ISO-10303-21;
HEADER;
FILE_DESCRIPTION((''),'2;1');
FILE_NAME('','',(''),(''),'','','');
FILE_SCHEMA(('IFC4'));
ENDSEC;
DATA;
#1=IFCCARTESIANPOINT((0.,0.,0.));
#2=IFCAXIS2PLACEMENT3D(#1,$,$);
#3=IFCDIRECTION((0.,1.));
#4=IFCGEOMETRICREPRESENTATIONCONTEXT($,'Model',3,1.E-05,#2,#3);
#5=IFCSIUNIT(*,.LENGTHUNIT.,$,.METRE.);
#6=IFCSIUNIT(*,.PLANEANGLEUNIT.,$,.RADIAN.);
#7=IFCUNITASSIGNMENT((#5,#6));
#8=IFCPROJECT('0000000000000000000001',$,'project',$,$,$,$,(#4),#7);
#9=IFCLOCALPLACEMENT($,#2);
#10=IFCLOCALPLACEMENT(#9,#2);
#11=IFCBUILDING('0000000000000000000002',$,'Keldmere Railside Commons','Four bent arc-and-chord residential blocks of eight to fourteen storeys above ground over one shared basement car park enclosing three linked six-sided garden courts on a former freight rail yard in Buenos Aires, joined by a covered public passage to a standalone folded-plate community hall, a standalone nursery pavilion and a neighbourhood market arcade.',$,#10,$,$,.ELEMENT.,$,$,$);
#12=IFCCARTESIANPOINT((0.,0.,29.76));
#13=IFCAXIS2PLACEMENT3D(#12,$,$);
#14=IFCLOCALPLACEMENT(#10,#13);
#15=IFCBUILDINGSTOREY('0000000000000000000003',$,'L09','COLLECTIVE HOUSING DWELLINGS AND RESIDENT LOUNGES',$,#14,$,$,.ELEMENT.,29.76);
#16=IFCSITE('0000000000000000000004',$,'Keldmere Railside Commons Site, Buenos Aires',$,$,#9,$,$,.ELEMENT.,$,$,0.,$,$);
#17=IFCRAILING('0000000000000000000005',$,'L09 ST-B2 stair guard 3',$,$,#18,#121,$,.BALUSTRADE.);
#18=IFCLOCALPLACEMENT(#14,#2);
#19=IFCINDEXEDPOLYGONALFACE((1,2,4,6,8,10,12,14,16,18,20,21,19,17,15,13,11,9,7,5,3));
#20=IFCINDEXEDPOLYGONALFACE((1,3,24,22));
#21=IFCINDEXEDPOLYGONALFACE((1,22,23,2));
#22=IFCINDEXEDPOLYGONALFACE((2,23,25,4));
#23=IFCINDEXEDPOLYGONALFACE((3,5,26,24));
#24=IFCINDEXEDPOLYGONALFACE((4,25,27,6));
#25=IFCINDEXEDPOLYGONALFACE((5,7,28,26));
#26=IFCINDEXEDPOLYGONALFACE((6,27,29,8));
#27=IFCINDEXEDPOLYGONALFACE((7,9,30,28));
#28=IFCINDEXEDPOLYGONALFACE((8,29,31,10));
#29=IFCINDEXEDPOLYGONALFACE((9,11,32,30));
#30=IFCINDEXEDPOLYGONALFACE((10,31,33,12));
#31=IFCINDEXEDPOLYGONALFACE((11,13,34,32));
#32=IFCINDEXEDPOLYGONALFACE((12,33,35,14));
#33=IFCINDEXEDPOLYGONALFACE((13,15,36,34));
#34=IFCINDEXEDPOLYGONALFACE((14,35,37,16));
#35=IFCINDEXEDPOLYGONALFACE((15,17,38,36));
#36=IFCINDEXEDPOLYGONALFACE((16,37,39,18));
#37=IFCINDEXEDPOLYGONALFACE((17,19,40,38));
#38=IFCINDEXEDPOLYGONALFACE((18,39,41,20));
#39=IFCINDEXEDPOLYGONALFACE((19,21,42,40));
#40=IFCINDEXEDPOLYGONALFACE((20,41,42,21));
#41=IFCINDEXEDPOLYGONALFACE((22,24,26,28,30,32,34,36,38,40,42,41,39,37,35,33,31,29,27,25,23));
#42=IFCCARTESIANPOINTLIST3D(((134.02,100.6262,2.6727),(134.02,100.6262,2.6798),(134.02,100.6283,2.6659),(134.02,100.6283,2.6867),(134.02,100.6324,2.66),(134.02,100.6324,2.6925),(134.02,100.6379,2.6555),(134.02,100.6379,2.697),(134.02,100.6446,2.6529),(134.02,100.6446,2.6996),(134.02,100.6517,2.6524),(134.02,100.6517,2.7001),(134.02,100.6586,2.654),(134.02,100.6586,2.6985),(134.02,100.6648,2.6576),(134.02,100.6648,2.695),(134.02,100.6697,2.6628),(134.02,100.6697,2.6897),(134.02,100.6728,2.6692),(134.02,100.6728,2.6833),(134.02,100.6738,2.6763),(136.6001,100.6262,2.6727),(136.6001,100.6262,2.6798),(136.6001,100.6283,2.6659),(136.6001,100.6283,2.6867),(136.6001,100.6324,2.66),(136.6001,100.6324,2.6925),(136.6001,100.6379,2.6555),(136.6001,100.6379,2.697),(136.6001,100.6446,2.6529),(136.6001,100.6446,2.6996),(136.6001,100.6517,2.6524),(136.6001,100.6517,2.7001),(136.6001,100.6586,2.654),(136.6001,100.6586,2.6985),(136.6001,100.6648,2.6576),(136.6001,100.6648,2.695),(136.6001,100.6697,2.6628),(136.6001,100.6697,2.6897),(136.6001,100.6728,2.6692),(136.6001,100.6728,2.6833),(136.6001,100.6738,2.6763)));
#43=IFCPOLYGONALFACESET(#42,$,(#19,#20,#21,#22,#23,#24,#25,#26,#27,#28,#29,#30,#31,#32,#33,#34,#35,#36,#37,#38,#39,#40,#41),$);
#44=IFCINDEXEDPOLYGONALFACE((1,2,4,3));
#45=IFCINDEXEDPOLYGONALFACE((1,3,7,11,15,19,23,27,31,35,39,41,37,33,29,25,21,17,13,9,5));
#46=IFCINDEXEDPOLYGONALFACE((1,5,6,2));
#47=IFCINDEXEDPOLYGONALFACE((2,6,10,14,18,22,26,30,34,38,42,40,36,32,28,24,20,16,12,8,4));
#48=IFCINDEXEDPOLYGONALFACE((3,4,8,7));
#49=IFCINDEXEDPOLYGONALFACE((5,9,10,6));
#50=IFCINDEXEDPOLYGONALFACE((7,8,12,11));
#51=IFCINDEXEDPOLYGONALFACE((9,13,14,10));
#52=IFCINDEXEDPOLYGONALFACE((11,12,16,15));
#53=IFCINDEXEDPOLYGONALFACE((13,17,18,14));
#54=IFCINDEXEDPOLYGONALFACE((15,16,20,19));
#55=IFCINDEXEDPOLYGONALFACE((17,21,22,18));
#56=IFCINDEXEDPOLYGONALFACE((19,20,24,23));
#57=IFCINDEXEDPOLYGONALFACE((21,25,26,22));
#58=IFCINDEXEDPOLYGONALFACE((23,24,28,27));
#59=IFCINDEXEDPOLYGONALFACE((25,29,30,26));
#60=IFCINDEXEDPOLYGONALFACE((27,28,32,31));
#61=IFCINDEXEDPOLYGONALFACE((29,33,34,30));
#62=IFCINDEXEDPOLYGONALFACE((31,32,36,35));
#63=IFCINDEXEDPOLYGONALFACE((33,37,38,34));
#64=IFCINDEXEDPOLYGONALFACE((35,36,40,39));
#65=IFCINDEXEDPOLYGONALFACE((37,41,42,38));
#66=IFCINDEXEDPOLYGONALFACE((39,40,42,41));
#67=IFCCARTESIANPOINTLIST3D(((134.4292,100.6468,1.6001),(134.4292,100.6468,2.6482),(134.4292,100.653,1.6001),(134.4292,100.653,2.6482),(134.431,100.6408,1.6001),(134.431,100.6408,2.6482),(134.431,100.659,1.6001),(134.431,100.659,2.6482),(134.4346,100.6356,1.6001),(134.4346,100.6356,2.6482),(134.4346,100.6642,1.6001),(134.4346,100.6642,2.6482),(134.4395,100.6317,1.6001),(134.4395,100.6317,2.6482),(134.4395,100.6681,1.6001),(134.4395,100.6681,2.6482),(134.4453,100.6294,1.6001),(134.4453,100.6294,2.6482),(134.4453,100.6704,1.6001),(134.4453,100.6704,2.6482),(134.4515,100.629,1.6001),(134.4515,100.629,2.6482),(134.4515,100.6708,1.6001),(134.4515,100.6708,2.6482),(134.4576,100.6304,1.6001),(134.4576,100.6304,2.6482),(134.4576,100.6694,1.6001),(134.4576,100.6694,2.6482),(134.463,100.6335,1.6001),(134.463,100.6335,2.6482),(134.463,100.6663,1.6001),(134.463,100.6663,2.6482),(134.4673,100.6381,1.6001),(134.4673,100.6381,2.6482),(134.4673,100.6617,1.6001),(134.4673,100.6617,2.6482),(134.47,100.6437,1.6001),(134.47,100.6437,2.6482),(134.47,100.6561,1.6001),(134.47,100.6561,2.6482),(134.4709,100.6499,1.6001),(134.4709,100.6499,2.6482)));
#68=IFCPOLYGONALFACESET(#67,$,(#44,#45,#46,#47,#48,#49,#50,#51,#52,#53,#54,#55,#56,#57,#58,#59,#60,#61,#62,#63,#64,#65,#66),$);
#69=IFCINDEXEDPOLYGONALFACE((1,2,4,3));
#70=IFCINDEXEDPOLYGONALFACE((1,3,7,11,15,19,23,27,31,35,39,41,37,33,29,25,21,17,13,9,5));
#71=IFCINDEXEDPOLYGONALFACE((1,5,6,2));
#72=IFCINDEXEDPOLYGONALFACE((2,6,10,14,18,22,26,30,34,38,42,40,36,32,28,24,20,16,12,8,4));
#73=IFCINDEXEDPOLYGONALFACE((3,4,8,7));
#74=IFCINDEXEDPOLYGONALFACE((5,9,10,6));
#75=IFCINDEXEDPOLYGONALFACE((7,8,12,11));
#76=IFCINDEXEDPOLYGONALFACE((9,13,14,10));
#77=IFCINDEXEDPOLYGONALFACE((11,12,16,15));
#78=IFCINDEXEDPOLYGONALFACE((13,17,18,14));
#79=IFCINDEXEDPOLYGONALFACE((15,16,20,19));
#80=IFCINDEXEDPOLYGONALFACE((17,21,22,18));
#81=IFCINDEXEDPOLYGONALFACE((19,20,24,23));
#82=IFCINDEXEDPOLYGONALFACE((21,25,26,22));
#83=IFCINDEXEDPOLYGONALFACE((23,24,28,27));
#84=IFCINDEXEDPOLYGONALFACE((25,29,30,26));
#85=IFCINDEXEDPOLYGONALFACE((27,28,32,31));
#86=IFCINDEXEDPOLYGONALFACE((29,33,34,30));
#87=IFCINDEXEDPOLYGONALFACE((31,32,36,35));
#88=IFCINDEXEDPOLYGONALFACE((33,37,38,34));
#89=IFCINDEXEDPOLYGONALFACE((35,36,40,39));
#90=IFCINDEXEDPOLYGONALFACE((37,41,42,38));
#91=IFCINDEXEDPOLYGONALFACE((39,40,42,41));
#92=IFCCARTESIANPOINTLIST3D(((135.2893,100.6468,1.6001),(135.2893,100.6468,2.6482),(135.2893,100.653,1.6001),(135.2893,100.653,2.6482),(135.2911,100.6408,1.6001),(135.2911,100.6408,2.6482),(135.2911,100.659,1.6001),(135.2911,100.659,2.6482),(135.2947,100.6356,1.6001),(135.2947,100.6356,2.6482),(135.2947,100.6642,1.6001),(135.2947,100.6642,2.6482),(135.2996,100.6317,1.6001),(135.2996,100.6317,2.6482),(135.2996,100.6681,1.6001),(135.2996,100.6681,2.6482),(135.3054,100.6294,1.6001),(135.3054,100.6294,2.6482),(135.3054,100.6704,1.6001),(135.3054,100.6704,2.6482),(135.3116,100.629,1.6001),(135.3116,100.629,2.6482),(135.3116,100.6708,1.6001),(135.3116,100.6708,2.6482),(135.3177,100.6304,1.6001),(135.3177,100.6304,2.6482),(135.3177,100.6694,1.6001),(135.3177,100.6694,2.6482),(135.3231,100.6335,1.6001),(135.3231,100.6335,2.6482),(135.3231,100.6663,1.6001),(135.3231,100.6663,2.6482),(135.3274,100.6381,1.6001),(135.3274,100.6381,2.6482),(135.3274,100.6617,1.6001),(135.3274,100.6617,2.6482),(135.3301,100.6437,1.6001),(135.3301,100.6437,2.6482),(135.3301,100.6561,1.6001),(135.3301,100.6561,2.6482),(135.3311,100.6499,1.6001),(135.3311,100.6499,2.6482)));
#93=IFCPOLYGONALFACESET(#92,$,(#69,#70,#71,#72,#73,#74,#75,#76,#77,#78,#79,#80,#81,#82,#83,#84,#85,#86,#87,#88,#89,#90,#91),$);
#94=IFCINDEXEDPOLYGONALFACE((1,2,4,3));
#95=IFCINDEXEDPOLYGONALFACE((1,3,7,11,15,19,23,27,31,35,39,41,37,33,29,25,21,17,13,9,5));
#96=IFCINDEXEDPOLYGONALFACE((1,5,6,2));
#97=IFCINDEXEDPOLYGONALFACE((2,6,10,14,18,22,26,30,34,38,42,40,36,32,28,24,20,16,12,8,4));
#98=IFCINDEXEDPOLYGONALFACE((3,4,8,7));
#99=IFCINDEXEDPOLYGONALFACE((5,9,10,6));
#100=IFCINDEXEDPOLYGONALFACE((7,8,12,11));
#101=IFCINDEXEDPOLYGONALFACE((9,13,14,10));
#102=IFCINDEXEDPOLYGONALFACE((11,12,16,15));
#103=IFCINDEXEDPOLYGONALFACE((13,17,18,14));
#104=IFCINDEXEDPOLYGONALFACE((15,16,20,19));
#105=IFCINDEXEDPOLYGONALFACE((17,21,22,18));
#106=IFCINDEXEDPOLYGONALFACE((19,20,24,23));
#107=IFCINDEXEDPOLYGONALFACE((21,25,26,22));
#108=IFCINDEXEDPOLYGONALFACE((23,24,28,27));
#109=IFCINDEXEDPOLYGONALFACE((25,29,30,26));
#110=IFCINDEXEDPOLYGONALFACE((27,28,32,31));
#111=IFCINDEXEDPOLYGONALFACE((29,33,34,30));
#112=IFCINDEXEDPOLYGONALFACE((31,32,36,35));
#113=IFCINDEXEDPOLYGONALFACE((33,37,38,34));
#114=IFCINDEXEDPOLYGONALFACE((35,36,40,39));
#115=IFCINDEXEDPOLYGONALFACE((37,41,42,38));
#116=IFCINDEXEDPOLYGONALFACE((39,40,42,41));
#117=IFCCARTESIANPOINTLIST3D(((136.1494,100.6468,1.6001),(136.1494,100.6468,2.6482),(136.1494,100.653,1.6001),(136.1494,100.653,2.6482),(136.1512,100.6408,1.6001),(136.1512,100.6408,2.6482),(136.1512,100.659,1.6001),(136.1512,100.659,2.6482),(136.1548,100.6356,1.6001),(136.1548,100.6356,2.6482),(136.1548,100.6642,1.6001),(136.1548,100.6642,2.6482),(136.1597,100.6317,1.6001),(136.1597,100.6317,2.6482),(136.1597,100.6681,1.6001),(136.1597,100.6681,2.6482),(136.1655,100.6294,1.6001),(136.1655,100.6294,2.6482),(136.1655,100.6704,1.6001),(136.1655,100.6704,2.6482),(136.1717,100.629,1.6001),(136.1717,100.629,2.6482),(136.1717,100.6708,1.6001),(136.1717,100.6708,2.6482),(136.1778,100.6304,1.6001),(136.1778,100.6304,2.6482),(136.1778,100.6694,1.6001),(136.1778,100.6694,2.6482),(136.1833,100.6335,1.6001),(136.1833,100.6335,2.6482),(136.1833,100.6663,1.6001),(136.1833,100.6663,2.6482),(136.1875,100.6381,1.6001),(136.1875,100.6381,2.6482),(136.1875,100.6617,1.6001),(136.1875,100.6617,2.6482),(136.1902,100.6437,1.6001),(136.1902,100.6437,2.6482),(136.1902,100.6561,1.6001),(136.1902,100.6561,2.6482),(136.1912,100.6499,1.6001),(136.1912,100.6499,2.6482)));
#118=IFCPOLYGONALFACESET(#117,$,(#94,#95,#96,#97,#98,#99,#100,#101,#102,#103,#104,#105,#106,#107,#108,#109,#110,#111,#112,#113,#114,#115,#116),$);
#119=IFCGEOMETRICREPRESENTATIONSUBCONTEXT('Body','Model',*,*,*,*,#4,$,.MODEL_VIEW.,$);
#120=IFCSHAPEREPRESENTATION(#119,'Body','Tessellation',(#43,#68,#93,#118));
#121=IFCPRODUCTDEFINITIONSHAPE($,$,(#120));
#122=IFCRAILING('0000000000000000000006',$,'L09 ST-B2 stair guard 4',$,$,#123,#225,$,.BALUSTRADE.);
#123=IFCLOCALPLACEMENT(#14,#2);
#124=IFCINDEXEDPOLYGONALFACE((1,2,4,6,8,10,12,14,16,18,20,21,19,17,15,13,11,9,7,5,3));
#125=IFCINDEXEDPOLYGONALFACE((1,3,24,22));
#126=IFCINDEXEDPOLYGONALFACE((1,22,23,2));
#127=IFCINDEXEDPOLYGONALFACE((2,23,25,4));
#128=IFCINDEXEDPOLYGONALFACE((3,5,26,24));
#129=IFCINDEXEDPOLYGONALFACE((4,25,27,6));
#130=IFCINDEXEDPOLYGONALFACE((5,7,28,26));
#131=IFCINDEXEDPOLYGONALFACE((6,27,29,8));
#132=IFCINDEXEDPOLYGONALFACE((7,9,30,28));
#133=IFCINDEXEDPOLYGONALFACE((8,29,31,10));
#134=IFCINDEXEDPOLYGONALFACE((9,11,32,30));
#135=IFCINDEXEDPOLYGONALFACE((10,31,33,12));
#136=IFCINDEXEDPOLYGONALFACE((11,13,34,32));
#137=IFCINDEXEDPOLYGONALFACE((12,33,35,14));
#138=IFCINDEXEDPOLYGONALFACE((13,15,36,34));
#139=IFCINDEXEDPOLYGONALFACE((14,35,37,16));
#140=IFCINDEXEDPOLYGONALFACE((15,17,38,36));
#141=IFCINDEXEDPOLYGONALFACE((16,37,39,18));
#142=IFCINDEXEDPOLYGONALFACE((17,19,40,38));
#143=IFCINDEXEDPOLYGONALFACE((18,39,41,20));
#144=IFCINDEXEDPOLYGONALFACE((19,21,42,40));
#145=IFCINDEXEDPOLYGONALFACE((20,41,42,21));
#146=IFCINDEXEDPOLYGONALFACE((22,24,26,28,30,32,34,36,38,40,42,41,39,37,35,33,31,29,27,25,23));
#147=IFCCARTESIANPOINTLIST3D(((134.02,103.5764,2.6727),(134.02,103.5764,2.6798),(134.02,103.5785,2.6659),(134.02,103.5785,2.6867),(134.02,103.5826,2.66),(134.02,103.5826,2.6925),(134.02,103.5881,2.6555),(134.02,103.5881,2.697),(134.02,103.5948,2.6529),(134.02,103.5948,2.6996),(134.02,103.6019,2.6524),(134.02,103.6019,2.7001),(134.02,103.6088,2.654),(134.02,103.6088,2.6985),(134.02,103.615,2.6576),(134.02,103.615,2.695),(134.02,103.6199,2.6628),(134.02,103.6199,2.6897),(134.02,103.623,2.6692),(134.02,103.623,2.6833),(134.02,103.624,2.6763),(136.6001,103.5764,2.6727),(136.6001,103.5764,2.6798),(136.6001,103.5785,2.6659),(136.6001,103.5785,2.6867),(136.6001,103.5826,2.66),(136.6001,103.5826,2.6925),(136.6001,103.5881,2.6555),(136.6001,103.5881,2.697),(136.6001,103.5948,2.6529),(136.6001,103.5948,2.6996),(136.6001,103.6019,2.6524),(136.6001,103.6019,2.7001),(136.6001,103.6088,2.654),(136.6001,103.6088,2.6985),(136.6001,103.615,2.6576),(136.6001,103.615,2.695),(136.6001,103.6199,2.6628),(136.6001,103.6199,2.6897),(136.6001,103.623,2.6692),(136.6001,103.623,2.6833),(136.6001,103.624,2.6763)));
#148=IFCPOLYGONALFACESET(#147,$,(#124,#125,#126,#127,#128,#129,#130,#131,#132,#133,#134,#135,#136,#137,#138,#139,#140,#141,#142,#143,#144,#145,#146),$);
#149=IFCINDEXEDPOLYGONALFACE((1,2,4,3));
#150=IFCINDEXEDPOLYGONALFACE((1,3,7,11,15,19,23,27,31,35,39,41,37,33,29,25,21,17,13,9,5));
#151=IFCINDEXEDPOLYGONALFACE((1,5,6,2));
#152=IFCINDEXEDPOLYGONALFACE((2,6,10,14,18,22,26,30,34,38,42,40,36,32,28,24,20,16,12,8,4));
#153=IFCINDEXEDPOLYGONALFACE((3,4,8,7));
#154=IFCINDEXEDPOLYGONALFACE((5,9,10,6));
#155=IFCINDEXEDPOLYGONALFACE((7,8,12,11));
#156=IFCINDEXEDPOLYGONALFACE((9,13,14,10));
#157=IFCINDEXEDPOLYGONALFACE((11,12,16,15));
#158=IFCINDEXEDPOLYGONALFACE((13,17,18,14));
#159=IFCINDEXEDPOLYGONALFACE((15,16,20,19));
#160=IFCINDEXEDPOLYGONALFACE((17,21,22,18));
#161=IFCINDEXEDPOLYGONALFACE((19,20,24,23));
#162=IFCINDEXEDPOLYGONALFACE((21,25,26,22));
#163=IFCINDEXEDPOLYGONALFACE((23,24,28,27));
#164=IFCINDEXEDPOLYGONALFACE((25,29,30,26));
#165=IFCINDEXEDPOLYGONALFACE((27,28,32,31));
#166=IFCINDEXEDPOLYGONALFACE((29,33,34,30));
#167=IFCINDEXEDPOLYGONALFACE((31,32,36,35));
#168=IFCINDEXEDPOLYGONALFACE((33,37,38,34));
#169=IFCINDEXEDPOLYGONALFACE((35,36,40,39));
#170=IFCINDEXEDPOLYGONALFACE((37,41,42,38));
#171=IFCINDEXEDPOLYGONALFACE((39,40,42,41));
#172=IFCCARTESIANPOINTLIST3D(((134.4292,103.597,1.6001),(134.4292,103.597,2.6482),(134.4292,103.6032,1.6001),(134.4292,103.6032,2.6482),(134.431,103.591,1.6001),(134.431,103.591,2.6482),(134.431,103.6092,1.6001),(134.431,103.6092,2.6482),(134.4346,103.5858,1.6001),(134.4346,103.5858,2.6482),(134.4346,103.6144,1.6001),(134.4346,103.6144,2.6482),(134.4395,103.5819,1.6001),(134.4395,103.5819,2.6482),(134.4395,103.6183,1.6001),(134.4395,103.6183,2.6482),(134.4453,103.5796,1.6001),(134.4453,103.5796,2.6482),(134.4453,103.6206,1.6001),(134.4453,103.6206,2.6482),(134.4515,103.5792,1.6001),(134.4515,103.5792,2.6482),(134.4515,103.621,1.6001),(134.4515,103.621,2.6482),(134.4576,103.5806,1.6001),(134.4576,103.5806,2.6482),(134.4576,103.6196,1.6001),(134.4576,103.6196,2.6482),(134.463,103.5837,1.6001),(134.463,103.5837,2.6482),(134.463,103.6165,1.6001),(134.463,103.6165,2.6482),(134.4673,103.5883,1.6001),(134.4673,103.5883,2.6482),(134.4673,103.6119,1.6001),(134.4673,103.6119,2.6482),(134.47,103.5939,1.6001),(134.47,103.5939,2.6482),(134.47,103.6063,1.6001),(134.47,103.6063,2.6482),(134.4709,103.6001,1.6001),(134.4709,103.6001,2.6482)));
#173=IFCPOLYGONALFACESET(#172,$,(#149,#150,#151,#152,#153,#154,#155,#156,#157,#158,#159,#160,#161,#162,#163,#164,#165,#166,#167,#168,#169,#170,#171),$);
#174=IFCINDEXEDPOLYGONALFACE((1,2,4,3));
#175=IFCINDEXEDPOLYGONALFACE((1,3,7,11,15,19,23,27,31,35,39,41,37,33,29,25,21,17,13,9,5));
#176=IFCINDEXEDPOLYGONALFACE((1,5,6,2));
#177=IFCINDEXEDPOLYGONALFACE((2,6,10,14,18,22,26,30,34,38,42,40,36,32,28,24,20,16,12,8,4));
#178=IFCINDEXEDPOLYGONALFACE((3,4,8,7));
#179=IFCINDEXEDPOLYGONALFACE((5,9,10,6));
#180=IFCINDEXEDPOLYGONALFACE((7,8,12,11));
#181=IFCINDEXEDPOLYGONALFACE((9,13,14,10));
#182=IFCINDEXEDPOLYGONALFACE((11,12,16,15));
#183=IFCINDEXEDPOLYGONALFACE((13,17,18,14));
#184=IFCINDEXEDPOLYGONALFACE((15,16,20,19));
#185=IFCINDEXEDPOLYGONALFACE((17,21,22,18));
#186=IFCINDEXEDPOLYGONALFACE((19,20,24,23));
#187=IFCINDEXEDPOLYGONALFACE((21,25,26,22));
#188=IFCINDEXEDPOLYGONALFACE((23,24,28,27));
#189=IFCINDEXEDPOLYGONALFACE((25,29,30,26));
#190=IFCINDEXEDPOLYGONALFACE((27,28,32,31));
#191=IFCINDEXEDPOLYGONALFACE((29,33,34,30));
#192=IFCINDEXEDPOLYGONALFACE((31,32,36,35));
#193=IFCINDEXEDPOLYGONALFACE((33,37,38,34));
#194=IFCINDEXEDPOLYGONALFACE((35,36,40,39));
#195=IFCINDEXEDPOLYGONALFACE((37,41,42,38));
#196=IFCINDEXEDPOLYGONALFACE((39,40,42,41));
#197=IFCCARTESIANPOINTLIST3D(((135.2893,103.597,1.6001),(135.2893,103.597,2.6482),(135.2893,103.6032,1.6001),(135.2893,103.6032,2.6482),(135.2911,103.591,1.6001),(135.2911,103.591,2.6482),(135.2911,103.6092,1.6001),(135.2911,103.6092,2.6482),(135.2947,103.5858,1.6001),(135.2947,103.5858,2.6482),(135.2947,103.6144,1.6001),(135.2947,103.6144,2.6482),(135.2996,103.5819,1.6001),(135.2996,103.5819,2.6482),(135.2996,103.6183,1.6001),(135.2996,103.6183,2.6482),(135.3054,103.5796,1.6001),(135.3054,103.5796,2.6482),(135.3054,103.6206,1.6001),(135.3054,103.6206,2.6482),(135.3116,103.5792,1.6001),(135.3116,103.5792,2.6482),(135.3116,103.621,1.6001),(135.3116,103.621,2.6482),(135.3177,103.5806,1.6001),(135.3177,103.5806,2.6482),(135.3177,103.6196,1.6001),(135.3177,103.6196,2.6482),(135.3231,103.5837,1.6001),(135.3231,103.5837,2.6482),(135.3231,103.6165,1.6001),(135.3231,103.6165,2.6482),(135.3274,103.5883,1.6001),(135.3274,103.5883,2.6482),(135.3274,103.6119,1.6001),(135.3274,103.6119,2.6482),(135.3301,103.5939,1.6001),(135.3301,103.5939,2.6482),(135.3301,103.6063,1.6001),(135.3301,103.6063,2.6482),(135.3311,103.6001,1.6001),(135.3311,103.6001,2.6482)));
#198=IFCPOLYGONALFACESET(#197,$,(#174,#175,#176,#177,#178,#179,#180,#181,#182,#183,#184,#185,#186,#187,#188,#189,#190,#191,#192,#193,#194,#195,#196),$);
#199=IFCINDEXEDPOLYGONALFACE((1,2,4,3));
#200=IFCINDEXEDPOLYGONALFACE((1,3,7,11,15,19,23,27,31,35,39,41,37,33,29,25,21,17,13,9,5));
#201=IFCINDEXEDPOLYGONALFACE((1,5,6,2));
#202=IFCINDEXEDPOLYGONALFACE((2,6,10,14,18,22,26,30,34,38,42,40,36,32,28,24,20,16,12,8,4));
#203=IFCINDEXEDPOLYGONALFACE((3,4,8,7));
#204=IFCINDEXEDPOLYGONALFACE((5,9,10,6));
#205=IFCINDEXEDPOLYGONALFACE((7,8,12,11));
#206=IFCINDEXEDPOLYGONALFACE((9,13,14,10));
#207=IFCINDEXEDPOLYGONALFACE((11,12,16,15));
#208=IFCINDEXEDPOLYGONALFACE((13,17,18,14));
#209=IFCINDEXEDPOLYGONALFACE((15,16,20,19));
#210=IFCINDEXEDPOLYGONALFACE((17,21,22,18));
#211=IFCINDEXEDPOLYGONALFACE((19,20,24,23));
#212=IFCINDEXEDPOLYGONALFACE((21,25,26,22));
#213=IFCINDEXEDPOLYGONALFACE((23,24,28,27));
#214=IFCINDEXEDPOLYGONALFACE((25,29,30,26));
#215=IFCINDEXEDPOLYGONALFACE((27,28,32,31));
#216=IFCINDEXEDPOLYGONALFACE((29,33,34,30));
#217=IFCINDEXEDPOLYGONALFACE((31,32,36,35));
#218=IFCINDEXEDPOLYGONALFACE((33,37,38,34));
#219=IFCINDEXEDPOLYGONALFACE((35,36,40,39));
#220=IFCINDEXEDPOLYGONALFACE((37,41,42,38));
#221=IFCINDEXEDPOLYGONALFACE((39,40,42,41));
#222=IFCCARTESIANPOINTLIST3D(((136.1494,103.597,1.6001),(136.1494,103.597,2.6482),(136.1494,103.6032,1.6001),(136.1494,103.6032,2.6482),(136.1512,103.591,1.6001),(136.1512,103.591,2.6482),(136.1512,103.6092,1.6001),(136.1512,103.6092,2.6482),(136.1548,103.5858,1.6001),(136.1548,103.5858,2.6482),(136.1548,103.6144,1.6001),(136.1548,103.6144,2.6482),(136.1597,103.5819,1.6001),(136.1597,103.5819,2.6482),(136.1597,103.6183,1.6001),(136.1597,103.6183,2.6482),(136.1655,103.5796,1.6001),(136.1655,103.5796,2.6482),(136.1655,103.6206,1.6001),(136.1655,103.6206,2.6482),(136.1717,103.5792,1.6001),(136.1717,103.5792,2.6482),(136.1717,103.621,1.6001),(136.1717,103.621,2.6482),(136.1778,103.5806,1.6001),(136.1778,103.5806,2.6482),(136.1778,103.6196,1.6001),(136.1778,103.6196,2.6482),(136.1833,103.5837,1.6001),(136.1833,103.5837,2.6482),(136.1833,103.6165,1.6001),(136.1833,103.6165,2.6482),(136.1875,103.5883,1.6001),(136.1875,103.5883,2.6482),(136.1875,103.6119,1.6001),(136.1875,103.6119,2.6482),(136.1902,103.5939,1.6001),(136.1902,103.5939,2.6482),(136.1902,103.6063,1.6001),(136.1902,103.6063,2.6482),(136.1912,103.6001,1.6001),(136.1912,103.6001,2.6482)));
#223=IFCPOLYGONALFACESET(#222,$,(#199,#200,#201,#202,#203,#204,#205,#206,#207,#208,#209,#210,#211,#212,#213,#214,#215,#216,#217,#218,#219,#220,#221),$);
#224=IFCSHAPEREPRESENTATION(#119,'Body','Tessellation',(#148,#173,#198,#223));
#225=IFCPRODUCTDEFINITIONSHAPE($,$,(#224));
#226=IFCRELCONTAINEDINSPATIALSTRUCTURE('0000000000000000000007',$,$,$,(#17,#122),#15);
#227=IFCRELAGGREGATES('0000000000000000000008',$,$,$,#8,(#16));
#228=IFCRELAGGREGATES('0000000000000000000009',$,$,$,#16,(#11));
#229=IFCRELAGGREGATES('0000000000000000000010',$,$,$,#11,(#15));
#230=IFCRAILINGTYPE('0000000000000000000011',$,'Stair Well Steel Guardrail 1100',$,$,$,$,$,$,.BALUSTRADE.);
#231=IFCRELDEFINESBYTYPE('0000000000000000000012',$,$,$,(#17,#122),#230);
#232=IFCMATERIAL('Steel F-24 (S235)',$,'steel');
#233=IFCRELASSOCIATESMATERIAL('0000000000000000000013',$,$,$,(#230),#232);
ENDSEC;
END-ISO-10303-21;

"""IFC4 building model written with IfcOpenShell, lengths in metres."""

from ifc_helpers import new_model, si_unit, direction, frame, origin, origin_2d, place, context, subcontext, project, spatial, circle, extrude, material, type_object, element, save


model = new_model("IFC4")

# Units and contexts
model_context = context("Model", 3, precision=1e-05, world=origin(), true_north=direction((0.0, 1.0)))
body_context = subcontext(model_context, "Body", "Model", "MODEL_VIEW")
ifc_project = project(units=[si_unit("LENGTHUNIT", "METRE"), si_unit("PLANEANGLEUNIT", "RADIAN")], contexts=[model_context])

# Site, building, storey
site_placement = place(None, origin())
site = spatial("IfcSite", under=ifc_project, at=site_placement, Name="Keldmere Railside Commons Site, Buenos Aires", CompositionType="ELEMENT", RefElevation=0.0)
building_placement = place(site_placement, origin())
building = spatial("IfcBuilding", under=site, at=building_placement, Name="Keldmere Railside Commons", Description="Four bent arc-and-chord residential blocks of eight to fourteen storeys above ground over one shared basement car park enclosing three linked six-sided garden courts on a former freight rail yard in Buenos Aires, joined by a covered public passage to a standalone folded-plate community hall, a standalone nursery pavilion and a neighbourhood market arcade.", CompositionType="ELEMENT")
storey_placement = place(building_placement, frame((0.0, 0.0, 29.76)))
storey = spatial("IfcBuildingStorey", under=building, at=storey_placement, Name="L09", Description="COLLECTIVE HOUSING DWELLINGS AND RESIDENT LOUNGES", CompositionType="ELEMENT", Elevation=29.76)

# Railings
ifc_material_1 = material(Name="Steel F-24 (S235)", Category="steel")
railing_type_1 = type_object("IfcRailingType", Name="Stair Well Steel Guardrail 1100", PredefinedType="BALUSTRADE", material=ifc_material_1)
for number, where, name in (
    (1, (134.02, 100.6499, 1.6001), "L09 ST-B2 stair guard 3"),
    (2, (134.02, 103.6001, 1.6001), "L09 ST-B2 stair guard 4"),
):
    element("IfcRailing", number, at=place(storey_placement, frame(where)), inside=storey, type_object=railing_type_1, Name=name, PredefinedType="BALUSTRADE", context=body_context, shape_type="SweptSolid", body=[
        extrude(circle(Radius=0.0239, at=origin_2d()), frame((0.0, 0.0, 1.0762), z_axis=(1.0, 0.0, 0.0), x_axis=(0.0, 1.0, 0.0)), (0.0, 0.0, 1.0), 2.5801),
        extrude(circle(Radius=0.021, at=origin_2d()), frame((0.4299, 0.0, 0.0)), (0.0, 0.0, 1.0), 1.0481),
        extrude(circle(Radius=0.021, at=origin_2d()), frame((1.29, 0.0, 0.0)), (0.0, 0.0, 1.0), 1.0481),
        extrude(circle(Radius=0.021, at=origin_2d()), frame((2.1501, 0.0, 0.0)), (0.0, 0.0, 1.0), 1.0481),
    ])

save(model, "model.ifc")
